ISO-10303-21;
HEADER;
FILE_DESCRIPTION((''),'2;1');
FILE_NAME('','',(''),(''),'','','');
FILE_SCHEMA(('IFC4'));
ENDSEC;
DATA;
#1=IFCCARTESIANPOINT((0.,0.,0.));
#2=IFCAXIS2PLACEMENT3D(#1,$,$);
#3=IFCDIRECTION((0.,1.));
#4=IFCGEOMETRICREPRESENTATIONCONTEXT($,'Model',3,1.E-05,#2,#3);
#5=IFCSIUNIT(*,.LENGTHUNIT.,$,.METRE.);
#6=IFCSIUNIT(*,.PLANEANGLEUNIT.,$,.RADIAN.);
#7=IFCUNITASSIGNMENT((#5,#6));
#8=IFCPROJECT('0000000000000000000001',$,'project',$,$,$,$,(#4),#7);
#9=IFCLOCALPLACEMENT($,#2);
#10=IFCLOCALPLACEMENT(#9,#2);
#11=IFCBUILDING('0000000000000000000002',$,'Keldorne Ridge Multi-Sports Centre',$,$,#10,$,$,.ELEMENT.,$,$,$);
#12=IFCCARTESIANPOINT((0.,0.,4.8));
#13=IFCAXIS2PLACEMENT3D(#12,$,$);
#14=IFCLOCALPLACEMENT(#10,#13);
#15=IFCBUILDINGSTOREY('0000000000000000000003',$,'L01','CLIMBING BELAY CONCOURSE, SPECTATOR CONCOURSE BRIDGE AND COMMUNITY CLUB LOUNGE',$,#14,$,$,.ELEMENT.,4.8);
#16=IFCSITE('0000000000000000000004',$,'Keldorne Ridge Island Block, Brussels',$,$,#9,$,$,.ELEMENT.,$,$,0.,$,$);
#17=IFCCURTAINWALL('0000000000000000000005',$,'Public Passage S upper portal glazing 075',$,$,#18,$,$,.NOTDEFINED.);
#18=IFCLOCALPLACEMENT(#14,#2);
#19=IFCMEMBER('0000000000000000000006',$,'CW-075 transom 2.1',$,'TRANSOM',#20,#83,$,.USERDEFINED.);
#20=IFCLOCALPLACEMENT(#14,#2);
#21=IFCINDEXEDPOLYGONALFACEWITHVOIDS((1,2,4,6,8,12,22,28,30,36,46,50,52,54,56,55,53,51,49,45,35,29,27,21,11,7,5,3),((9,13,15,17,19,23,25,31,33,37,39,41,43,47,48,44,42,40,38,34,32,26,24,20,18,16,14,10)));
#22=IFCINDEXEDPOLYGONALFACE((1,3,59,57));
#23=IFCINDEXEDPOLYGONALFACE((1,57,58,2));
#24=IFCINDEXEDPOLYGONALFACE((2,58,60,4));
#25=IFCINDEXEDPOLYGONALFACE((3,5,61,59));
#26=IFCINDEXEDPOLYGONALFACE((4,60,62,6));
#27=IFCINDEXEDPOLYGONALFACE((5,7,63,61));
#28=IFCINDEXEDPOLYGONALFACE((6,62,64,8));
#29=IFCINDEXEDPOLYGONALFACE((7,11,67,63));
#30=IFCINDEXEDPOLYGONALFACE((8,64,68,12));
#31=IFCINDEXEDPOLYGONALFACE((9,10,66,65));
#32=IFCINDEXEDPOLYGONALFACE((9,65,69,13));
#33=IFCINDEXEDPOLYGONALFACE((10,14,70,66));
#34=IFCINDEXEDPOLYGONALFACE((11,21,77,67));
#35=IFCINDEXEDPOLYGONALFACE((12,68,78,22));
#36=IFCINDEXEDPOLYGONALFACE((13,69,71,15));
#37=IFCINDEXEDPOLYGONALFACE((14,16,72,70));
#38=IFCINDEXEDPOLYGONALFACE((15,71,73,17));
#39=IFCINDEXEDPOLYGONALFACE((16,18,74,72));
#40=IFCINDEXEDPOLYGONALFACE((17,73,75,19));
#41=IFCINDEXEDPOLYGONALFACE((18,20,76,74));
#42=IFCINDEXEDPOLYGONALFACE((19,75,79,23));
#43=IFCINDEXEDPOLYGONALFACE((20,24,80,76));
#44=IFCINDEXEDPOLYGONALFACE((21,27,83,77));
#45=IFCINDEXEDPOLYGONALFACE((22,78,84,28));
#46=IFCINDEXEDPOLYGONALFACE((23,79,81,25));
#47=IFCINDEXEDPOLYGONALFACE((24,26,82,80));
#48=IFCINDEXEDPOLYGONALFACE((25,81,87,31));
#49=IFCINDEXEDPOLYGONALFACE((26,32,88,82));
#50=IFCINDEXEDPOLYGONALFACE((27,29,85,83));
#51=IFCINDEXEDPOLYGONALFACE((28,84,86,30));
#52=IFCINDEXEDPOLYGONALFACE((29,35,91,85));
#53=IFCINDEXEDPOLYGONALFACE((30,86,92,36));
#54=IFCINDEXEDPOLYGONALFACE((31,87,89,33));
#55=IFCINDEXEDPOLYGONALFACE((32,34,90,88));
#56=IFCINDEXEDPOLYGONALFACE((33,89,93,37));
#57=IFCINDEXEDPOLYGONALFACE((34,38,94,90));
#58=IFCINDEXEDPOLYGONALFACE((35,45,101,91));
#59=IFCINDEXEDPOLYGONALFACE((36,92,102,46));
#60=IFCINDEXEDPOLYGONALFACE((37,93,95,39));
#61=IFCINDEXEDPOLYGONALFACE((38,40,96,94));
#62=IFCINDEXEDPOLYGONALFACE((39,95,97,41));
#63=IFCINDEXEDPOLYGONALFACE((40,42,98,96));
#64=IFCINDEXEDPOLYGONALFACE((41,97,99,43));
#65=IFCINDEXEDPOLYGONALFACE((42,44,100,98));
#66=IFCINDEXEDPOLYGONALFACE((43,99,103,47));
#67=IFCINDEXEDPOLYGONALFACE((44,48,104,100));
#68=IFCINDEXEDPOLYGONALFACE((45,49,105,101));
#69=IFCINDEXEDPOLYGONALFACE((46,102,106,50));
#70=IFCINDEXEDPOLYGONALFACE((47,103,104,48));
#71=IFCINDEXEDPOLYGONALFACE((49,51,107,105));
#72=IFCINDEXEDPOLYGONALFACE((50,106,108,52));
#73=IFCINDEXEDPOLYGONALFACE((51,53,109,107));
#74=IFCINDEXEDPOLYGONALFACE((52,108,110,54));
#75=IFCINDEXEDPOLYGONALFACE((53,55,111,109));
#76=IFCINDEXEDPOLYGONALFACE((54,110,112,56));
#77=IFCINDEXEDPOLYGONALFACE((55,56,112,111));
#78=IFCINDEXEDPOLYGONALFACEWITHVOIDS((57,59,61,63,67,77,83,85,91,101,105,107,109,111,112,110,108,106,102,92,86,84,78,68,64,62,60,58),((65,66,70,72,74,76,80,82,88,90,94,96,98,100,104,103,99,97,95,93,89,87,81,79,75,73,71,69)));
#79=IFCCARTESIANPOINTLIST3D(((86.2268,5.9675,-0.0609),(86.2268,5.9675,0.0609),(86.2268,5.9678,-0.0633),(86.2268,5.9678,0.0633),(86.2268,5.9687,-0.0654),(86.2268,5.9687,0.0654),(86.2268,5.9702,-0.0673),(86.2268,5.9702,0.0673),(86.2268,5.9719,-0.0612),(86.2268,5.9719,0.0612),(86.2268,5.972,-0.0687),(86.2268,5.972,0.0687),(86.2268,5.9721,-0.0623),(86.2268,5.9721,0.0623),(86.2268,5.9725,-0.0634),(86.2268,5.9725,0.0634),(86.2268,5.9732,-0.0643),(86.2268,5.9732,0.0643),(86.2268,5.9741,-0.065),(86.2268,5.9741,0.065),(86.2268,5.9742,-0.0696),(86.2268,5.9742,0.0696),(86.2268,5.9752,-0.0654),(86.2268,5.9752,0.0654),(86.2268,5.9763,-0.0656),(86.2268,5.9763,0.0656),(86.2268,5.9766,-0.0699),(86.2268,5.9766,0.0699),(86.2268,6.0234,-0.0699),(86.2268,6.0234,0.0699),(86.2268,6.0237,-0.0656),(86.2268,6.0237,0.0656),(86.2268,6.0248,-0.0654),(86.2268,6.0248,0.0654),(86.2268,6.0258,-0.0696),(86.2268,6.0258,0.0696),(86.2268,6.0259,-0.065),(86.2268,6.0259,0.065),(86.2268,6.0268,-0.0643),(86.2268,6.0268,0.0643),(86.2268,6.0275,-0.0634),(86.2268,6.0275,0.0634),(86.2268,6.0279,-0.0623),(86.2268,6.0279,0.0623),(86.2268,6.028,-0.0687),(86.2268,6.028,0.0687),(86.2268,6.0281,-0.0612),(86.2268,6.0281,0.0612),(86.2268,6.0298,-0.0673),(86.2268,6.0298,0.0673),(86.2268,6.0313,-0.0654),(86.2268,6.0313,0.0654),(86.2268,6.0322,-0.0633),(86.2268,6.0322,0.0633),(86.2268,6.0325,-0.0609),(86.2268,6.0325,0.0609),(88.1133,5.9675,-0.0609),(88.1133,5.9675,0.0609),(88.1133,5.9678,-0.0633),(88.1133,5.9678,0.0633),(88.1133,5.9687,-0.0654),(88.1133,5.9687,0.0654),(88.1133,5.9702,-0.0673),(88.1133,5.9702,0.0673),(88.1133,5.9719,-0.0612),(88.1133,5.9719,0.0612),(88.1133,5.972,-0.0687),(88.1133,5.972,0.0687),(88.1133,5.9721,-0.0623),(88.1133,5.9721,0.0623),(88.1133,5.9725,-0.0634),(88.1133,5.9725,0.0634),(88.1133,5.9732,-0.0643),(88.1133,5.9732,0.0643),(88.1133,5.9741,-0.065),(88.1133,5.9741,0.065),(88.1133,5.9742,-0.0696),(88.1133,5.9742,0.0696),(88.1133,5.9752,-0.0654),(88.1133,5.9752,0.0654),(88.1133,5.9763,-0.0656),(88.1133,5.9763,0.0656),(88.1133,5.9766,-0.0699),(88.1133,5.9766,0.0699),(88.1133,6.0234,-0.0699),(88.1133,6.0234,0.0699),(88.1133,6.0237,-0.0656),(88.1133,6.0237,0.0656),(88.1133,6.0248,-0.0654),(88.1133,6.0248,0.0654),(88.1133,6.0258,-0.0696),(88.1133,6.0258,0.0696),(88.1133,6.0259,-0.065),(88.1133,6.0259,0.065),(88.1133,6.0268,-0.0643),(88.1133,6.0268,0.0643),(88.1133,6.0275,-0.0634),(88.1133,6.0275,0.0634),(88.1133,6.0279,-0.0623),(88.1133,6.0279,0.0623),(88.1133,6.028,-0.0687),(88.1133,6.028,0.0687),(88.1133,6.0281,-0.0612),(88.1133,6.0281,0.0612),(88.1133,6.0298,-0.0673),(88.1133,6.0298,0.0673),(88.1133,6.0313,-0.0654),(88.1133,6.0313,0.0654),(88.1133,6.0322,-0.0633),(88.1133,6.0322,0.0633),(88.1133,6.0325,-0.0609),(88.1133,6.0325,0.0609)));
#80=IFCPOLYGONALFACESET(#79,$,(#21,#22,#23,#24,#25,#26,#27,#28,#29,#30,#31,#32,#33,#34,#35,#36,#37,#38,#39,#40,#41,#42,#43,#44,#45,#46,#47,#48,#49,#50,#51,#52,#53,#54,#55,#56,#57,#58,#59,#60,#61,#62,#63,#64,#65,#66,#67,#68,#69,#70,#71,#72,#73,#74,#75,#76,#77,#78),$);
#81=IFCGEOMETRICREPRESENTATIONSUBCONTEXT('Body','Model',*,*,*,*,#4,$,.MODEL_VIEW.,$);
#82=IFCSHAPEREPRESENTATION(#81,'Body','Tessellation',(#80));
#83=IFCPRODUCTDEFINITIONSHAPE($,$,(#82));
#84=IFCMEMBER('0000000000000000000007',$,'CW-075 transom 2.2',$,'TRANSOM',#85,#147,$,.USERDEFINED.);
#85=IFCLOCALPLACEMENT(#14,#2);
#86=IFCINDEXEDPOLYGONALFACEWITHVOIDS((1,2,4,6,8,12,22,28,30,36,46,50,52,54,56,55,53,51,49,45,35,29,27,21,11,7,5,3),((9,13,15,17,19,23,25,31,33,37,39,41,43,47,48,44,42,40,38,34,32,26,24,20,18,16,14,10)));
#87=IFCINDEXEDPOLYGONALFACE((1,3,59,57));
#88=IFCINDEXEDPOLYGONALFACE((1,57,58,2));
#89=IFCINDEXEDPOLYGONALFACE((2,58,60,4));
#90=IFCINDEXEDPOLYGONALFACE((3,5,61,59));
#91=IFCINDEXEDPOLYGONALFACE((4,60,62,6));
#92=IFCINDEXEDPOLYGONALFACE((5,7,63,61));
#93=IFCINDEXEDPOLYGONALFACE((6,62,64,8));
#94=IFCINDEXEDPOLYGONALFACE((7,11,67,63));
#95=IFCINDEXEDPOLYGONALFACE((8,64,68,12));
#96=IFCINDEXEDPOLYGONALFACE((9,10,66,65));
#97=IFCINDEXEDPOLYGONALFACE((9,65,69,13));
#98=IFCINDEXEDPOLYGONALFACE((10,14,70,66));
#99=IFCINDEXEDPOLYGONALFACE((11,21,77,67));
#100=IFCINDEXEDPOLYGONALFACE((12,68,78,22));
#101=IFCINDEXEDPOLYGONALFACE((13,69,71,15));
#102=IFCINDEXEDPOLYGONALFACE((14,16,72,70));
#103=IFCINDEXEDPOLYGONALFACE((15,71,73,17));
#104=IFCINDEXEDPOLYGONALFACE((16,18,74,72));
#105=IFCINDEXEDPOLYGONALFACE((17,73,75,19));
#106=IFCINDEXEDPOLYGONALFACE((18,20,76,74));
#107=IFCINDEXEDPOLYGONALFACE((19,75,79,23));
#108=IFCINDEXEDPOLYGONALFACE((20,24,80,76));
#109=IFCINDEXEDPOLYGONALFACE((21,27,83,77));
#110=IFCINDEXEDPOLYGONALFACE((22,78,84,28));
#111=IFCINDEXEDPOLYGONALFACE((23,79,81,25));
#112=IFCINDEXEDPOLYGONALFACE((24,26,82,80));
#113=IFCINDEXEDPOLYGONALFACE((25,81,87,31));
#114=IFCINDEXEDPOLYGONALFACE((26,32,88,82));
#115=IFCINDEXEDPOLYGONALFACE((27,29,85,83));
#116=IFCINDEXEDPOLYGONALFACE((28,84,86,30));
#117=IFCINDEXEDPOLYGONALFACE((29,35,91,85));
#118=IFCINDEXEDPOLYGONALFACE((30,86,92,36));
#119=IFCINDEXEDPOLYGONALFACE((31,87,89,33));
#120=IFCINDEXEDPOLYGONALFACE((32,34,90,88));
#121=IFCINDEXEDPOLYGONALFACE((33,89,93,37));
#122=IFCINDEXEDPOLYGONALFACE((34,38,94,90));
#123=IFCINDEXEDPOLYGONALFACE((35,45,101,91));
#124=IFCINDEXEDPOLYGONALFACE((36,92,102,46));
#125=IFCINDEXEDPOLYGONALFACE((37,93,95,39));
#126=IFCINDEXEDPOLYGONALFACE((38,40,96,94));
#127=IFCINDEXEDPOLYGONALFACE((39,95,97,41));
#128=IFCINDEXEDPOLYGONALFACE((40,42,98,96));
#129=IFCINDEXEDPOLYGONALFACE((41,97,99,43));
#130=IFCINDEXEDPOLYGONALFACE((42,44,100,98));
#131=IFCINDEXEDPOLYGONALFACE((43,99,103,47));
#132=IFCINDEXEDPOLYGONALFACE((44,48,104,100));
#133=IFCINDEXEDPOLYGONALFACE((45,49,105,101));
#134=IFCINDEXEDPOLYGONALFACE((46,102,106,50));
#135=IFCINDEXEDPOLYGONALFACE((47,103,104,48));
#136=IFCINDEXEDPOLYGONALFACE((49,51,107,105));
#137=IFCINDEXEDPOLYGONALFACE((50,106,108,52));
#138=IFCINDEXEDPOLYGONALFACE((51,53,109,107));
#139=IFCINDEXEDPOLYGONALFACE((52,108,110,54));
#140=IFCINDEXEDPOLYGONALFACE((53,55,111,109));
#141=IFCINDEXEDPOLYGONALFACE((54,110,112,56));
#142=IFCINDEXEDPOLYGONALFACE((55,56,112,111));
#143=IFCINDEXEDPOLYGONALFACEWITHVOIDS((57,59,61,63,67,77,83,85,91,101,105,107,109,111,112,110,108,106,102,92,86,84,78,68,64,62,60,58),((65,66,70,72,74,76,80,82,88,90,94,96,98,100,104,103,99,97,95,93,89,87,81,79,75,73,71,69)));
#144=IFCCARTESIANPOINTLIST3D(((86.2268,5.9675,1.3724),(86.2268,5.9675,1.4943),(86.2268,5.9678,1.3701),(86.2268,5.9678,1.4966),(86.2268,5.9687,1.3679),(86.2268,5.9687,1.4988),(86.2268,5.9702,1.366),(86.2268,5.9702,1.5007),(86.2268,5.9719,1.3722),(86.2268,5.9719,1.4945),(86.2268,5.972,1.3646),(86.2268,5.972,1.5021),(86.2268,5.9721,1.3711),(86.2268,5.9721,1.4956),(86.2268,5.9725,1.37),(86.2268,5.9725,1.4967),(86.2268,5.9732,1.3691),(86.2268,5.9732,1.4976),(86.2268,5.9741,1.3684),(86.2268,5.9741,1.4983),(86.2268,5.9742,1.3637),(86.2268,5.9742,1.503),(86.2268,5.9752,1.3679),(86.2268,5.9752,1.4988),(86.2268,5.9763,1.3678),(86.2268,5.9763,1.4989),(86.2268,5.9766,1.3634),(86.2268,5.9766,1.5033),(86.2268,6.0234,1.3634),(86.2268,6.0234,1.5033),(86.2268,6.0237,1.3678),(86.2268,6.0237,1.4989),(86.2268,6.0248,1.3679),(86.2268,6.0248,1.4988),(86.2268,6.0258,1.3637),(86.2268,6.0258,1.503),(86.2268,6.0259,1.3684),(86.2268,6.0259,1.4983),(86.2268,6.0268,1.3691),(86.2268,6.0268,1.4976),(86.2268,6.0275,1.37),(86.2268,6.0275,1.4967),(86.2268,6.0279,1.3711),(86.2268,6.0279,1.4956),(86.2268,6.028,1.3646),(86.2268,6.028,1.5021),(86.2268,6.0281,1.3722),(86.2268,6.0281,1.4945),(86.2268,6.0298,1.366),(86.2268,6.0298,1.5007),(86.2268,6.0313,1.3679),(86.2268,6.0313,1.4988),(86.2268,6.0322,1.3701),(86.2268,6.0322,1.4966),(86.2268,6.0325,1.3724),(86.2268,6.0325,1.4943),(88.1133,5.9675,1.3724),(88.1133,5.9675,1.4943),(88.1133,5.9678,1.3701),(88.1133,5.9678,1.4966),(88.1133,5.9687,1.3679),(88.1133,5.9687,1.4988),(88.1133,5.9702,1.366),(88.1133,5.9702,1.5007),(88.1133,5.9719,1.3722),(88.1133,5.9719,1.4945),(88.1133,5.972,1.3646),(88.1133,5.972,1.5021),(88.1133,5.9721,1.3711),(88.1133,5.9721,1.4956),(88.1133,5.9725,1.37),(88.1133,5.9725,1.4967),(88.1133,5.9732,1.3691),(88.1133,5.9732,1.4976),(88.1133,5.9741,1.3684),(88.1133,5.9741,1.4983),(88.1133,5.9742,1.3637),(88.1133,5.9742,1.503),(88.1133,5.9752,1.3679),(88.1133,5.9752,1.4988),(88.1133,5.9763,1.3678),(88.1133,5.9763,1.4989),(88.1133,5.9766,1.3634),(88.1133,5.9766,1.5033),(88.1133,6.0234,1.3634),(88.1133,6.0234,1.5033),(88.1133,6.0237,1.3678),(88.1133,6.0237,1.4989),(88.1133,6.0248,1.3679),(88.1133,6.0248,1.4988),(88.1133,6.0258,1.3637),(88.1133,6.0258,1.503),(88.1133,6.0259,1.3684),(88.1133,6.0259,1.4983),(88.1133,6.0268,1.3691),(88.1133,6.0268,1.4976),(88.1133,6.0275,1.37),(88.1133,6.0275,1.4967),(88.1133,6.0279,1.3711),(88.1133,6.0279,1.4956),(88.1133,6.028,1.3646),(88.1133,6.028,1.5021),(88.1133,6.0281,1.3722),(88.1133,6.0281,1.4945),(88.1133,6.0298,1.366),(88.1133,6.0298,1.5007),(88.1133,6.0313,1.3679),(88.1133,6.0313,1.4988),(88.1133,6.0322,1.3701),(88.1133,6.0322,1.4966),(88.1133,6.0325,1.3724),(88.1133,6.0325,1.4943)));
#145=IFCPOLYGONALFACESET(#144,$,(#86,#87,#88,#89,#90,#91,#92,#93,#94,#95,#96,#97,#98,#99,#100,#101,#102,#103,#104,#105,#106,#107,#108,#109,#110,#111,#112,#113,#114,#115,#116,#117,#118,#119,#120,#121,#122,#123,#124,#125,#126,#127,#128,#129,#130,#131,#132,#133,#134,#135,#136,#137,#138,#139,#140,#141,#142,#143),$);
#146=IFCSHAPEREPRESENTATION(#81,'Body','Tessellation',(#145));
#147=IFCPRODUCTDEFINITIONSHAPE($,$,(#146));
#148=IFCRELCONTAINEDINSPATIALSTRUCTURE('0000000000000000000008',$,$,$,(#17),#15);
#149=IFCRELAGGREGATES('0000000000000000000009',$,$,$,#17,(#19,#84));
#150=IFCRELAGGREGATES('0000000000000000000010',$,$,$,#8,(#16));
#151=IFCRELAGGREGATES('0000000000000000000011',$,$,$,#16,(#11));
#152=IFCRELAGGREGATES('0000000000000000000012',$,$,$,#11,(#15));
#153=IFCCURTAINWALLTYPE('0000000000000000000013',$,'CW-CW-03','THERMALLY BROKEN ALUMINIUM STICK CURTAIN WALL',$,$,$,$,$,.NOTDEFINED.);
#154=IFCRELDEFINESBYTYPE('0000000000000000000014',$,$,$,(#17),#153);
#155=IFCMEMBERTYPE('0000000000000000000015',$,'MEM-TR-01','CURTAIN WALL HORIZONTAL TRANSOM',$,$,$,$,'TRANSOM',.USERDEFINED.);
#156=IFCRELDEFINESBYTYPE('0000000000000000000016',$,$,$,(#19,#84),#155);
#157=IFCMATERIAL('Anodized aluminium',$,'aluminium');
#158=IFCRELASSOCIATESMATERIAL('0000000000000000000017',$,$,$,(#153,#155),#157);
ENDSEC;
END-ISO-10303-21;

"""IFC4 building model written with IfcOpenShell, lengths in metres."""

from ifc_helpers import new_model, si_unit, direction, frame, origin, origin_2d, place, context, subcontext, project, spatial, hollow_rectangle, extrude, material, material_profile, profile_set, type_object, element, aggregate, save


model = new_model("IFC4")

# Units and contexts
model_context = context("Model", 3, precision=1e-05, world=origin(), true_north=direction((0.0, 1.0)))
body_context = subcontext(model_context, "Body", "Model", "MODEL_VIEW")
ifc_project = project(units=[si_unit("LENGTHUNIT", "METRE"), si_unit("PLANEANGLEUNIT", "RADIAN")], contexts=[model_context])

# Site, building, storey
site_placement = place(None, origin())
site = spatial("IfcSite", under=ifc_project, at=site_placement, Name="Keldorne Ridge Island Block, Brussels", CompositionType="ELEMENT", RefElevation=0.0)
building_placement = place(site_placement, origin())
building = spatial("IfcBuilding", under=site, at=building_placement, Name="Keldorne Ridge Multi-Sports Centre", CompositionType="ELEMENT")
storey_placement = place(building_placement, frame((0.0, 0.0, 4.8)))
storey = spatial("IfcBuildingStorey", under=building, at=storey_placement, Name="L01", Description="CLIMBING BELAY CONCOURSE, SPECTATOR CONCOURSE BRIDGE AND COMMUNITY CLUB LOUNGE", CompositionType="ELEMENT", Elevation=4.8)

# Curtain wall, members
ifc_material_1 = material(Name="Anodized aluminium", Category="aluminium")
curtain_wall_type = type_object("IfcCurtainWallType", Name="CW-CW-03", Description="THERMALLY BROKEN ALUMINIUM STICK CURTAIN WALL", PredefinedType="NOTDEFINED", material=ifc_material_1)
curtain_wall_placement = place(storey_placement, origin())
curtain_wall = element("IfcCurtainWall", 1, at=curtain_wall_placement, inside=storey, type_object=curtain_wall_type, Name="Public Passage S upper portal glazing 075", PredefinedType="NOTDEFINED")
ifc_material_profile_1 = material_profile(ifc_material_1, hollow_rectangle(XDim=0.0649, YDim=0.1399, WallThickness=0.0044, InnerFilletRadius=0.0044, OuterFilletRadius=0.009, at=origin_2d()), Name="ALU TRANSOM 140x65x4.5")
ifc_profile_set_1 = profile_set([ifc_material_profile_1], Name="Anodized aluminium")
member_type_1 = type_object("IfcMemberType", Name="MEM-TR-01", Description="CURTAIN WALL HORIZONTAL TRANSOM", ElementType="TRANSOM", PredefinedType="USERDEFINED", material=ifc_profile_set_1)
member_1_placement = place(storey_placement, frame((86.2268, 6.0, 0.0), z_axis=(1.0, 0.0, 0.0), x_axis=(0.0, 1.0, 0.0)))
member_1 = element("IfcMember", 2, at=member_1_placement, type_object=member_type_1, Name="CW-075 transom 2.1", ObjectType="TRANSOM", PredefinedType="USERDEFINED", context=body_context, shape_type="SweptSolid", body=[
    extrude(hollow_rectangle(XDim=0.0649, YDim=0.1399, WallThickness=0.0044, InnerFilletRadius=0.0044, OuterFilletRadius=0.009, at=origin_2d()), origin(), (0.0, 0.0, 1.0), 1.8865),
])
member_2_placement = place(storey_placement, frame((86.2268, 6.0, 1.4333), z_axis=(1.0, 0.0, 0.0), x_axis=(0.0, 1.0, 0.0)))
member_2 = element("IfcMember", 3, at=member_2_placement, type_object=member_type_1, Name="CW-075 transom 2.2", ObjectType="TRANSOM", PredefinedType="USERDEFINED", context=body_context, shape_type="SweptSolid", body=[
    extrude(hollow_rectangle(XDim=0.0649, YDim=0.1399, WallThickness=0.0044, InnerFilletRadius=0.0044, OuterFilletRadius=0.009, at=origin_2d()), origin(), (0.0, 0.0, 1.0), 1.8865),
])
aggregate(curtain_wall, [member_1, member_2])

save(model, "model.ifc")
